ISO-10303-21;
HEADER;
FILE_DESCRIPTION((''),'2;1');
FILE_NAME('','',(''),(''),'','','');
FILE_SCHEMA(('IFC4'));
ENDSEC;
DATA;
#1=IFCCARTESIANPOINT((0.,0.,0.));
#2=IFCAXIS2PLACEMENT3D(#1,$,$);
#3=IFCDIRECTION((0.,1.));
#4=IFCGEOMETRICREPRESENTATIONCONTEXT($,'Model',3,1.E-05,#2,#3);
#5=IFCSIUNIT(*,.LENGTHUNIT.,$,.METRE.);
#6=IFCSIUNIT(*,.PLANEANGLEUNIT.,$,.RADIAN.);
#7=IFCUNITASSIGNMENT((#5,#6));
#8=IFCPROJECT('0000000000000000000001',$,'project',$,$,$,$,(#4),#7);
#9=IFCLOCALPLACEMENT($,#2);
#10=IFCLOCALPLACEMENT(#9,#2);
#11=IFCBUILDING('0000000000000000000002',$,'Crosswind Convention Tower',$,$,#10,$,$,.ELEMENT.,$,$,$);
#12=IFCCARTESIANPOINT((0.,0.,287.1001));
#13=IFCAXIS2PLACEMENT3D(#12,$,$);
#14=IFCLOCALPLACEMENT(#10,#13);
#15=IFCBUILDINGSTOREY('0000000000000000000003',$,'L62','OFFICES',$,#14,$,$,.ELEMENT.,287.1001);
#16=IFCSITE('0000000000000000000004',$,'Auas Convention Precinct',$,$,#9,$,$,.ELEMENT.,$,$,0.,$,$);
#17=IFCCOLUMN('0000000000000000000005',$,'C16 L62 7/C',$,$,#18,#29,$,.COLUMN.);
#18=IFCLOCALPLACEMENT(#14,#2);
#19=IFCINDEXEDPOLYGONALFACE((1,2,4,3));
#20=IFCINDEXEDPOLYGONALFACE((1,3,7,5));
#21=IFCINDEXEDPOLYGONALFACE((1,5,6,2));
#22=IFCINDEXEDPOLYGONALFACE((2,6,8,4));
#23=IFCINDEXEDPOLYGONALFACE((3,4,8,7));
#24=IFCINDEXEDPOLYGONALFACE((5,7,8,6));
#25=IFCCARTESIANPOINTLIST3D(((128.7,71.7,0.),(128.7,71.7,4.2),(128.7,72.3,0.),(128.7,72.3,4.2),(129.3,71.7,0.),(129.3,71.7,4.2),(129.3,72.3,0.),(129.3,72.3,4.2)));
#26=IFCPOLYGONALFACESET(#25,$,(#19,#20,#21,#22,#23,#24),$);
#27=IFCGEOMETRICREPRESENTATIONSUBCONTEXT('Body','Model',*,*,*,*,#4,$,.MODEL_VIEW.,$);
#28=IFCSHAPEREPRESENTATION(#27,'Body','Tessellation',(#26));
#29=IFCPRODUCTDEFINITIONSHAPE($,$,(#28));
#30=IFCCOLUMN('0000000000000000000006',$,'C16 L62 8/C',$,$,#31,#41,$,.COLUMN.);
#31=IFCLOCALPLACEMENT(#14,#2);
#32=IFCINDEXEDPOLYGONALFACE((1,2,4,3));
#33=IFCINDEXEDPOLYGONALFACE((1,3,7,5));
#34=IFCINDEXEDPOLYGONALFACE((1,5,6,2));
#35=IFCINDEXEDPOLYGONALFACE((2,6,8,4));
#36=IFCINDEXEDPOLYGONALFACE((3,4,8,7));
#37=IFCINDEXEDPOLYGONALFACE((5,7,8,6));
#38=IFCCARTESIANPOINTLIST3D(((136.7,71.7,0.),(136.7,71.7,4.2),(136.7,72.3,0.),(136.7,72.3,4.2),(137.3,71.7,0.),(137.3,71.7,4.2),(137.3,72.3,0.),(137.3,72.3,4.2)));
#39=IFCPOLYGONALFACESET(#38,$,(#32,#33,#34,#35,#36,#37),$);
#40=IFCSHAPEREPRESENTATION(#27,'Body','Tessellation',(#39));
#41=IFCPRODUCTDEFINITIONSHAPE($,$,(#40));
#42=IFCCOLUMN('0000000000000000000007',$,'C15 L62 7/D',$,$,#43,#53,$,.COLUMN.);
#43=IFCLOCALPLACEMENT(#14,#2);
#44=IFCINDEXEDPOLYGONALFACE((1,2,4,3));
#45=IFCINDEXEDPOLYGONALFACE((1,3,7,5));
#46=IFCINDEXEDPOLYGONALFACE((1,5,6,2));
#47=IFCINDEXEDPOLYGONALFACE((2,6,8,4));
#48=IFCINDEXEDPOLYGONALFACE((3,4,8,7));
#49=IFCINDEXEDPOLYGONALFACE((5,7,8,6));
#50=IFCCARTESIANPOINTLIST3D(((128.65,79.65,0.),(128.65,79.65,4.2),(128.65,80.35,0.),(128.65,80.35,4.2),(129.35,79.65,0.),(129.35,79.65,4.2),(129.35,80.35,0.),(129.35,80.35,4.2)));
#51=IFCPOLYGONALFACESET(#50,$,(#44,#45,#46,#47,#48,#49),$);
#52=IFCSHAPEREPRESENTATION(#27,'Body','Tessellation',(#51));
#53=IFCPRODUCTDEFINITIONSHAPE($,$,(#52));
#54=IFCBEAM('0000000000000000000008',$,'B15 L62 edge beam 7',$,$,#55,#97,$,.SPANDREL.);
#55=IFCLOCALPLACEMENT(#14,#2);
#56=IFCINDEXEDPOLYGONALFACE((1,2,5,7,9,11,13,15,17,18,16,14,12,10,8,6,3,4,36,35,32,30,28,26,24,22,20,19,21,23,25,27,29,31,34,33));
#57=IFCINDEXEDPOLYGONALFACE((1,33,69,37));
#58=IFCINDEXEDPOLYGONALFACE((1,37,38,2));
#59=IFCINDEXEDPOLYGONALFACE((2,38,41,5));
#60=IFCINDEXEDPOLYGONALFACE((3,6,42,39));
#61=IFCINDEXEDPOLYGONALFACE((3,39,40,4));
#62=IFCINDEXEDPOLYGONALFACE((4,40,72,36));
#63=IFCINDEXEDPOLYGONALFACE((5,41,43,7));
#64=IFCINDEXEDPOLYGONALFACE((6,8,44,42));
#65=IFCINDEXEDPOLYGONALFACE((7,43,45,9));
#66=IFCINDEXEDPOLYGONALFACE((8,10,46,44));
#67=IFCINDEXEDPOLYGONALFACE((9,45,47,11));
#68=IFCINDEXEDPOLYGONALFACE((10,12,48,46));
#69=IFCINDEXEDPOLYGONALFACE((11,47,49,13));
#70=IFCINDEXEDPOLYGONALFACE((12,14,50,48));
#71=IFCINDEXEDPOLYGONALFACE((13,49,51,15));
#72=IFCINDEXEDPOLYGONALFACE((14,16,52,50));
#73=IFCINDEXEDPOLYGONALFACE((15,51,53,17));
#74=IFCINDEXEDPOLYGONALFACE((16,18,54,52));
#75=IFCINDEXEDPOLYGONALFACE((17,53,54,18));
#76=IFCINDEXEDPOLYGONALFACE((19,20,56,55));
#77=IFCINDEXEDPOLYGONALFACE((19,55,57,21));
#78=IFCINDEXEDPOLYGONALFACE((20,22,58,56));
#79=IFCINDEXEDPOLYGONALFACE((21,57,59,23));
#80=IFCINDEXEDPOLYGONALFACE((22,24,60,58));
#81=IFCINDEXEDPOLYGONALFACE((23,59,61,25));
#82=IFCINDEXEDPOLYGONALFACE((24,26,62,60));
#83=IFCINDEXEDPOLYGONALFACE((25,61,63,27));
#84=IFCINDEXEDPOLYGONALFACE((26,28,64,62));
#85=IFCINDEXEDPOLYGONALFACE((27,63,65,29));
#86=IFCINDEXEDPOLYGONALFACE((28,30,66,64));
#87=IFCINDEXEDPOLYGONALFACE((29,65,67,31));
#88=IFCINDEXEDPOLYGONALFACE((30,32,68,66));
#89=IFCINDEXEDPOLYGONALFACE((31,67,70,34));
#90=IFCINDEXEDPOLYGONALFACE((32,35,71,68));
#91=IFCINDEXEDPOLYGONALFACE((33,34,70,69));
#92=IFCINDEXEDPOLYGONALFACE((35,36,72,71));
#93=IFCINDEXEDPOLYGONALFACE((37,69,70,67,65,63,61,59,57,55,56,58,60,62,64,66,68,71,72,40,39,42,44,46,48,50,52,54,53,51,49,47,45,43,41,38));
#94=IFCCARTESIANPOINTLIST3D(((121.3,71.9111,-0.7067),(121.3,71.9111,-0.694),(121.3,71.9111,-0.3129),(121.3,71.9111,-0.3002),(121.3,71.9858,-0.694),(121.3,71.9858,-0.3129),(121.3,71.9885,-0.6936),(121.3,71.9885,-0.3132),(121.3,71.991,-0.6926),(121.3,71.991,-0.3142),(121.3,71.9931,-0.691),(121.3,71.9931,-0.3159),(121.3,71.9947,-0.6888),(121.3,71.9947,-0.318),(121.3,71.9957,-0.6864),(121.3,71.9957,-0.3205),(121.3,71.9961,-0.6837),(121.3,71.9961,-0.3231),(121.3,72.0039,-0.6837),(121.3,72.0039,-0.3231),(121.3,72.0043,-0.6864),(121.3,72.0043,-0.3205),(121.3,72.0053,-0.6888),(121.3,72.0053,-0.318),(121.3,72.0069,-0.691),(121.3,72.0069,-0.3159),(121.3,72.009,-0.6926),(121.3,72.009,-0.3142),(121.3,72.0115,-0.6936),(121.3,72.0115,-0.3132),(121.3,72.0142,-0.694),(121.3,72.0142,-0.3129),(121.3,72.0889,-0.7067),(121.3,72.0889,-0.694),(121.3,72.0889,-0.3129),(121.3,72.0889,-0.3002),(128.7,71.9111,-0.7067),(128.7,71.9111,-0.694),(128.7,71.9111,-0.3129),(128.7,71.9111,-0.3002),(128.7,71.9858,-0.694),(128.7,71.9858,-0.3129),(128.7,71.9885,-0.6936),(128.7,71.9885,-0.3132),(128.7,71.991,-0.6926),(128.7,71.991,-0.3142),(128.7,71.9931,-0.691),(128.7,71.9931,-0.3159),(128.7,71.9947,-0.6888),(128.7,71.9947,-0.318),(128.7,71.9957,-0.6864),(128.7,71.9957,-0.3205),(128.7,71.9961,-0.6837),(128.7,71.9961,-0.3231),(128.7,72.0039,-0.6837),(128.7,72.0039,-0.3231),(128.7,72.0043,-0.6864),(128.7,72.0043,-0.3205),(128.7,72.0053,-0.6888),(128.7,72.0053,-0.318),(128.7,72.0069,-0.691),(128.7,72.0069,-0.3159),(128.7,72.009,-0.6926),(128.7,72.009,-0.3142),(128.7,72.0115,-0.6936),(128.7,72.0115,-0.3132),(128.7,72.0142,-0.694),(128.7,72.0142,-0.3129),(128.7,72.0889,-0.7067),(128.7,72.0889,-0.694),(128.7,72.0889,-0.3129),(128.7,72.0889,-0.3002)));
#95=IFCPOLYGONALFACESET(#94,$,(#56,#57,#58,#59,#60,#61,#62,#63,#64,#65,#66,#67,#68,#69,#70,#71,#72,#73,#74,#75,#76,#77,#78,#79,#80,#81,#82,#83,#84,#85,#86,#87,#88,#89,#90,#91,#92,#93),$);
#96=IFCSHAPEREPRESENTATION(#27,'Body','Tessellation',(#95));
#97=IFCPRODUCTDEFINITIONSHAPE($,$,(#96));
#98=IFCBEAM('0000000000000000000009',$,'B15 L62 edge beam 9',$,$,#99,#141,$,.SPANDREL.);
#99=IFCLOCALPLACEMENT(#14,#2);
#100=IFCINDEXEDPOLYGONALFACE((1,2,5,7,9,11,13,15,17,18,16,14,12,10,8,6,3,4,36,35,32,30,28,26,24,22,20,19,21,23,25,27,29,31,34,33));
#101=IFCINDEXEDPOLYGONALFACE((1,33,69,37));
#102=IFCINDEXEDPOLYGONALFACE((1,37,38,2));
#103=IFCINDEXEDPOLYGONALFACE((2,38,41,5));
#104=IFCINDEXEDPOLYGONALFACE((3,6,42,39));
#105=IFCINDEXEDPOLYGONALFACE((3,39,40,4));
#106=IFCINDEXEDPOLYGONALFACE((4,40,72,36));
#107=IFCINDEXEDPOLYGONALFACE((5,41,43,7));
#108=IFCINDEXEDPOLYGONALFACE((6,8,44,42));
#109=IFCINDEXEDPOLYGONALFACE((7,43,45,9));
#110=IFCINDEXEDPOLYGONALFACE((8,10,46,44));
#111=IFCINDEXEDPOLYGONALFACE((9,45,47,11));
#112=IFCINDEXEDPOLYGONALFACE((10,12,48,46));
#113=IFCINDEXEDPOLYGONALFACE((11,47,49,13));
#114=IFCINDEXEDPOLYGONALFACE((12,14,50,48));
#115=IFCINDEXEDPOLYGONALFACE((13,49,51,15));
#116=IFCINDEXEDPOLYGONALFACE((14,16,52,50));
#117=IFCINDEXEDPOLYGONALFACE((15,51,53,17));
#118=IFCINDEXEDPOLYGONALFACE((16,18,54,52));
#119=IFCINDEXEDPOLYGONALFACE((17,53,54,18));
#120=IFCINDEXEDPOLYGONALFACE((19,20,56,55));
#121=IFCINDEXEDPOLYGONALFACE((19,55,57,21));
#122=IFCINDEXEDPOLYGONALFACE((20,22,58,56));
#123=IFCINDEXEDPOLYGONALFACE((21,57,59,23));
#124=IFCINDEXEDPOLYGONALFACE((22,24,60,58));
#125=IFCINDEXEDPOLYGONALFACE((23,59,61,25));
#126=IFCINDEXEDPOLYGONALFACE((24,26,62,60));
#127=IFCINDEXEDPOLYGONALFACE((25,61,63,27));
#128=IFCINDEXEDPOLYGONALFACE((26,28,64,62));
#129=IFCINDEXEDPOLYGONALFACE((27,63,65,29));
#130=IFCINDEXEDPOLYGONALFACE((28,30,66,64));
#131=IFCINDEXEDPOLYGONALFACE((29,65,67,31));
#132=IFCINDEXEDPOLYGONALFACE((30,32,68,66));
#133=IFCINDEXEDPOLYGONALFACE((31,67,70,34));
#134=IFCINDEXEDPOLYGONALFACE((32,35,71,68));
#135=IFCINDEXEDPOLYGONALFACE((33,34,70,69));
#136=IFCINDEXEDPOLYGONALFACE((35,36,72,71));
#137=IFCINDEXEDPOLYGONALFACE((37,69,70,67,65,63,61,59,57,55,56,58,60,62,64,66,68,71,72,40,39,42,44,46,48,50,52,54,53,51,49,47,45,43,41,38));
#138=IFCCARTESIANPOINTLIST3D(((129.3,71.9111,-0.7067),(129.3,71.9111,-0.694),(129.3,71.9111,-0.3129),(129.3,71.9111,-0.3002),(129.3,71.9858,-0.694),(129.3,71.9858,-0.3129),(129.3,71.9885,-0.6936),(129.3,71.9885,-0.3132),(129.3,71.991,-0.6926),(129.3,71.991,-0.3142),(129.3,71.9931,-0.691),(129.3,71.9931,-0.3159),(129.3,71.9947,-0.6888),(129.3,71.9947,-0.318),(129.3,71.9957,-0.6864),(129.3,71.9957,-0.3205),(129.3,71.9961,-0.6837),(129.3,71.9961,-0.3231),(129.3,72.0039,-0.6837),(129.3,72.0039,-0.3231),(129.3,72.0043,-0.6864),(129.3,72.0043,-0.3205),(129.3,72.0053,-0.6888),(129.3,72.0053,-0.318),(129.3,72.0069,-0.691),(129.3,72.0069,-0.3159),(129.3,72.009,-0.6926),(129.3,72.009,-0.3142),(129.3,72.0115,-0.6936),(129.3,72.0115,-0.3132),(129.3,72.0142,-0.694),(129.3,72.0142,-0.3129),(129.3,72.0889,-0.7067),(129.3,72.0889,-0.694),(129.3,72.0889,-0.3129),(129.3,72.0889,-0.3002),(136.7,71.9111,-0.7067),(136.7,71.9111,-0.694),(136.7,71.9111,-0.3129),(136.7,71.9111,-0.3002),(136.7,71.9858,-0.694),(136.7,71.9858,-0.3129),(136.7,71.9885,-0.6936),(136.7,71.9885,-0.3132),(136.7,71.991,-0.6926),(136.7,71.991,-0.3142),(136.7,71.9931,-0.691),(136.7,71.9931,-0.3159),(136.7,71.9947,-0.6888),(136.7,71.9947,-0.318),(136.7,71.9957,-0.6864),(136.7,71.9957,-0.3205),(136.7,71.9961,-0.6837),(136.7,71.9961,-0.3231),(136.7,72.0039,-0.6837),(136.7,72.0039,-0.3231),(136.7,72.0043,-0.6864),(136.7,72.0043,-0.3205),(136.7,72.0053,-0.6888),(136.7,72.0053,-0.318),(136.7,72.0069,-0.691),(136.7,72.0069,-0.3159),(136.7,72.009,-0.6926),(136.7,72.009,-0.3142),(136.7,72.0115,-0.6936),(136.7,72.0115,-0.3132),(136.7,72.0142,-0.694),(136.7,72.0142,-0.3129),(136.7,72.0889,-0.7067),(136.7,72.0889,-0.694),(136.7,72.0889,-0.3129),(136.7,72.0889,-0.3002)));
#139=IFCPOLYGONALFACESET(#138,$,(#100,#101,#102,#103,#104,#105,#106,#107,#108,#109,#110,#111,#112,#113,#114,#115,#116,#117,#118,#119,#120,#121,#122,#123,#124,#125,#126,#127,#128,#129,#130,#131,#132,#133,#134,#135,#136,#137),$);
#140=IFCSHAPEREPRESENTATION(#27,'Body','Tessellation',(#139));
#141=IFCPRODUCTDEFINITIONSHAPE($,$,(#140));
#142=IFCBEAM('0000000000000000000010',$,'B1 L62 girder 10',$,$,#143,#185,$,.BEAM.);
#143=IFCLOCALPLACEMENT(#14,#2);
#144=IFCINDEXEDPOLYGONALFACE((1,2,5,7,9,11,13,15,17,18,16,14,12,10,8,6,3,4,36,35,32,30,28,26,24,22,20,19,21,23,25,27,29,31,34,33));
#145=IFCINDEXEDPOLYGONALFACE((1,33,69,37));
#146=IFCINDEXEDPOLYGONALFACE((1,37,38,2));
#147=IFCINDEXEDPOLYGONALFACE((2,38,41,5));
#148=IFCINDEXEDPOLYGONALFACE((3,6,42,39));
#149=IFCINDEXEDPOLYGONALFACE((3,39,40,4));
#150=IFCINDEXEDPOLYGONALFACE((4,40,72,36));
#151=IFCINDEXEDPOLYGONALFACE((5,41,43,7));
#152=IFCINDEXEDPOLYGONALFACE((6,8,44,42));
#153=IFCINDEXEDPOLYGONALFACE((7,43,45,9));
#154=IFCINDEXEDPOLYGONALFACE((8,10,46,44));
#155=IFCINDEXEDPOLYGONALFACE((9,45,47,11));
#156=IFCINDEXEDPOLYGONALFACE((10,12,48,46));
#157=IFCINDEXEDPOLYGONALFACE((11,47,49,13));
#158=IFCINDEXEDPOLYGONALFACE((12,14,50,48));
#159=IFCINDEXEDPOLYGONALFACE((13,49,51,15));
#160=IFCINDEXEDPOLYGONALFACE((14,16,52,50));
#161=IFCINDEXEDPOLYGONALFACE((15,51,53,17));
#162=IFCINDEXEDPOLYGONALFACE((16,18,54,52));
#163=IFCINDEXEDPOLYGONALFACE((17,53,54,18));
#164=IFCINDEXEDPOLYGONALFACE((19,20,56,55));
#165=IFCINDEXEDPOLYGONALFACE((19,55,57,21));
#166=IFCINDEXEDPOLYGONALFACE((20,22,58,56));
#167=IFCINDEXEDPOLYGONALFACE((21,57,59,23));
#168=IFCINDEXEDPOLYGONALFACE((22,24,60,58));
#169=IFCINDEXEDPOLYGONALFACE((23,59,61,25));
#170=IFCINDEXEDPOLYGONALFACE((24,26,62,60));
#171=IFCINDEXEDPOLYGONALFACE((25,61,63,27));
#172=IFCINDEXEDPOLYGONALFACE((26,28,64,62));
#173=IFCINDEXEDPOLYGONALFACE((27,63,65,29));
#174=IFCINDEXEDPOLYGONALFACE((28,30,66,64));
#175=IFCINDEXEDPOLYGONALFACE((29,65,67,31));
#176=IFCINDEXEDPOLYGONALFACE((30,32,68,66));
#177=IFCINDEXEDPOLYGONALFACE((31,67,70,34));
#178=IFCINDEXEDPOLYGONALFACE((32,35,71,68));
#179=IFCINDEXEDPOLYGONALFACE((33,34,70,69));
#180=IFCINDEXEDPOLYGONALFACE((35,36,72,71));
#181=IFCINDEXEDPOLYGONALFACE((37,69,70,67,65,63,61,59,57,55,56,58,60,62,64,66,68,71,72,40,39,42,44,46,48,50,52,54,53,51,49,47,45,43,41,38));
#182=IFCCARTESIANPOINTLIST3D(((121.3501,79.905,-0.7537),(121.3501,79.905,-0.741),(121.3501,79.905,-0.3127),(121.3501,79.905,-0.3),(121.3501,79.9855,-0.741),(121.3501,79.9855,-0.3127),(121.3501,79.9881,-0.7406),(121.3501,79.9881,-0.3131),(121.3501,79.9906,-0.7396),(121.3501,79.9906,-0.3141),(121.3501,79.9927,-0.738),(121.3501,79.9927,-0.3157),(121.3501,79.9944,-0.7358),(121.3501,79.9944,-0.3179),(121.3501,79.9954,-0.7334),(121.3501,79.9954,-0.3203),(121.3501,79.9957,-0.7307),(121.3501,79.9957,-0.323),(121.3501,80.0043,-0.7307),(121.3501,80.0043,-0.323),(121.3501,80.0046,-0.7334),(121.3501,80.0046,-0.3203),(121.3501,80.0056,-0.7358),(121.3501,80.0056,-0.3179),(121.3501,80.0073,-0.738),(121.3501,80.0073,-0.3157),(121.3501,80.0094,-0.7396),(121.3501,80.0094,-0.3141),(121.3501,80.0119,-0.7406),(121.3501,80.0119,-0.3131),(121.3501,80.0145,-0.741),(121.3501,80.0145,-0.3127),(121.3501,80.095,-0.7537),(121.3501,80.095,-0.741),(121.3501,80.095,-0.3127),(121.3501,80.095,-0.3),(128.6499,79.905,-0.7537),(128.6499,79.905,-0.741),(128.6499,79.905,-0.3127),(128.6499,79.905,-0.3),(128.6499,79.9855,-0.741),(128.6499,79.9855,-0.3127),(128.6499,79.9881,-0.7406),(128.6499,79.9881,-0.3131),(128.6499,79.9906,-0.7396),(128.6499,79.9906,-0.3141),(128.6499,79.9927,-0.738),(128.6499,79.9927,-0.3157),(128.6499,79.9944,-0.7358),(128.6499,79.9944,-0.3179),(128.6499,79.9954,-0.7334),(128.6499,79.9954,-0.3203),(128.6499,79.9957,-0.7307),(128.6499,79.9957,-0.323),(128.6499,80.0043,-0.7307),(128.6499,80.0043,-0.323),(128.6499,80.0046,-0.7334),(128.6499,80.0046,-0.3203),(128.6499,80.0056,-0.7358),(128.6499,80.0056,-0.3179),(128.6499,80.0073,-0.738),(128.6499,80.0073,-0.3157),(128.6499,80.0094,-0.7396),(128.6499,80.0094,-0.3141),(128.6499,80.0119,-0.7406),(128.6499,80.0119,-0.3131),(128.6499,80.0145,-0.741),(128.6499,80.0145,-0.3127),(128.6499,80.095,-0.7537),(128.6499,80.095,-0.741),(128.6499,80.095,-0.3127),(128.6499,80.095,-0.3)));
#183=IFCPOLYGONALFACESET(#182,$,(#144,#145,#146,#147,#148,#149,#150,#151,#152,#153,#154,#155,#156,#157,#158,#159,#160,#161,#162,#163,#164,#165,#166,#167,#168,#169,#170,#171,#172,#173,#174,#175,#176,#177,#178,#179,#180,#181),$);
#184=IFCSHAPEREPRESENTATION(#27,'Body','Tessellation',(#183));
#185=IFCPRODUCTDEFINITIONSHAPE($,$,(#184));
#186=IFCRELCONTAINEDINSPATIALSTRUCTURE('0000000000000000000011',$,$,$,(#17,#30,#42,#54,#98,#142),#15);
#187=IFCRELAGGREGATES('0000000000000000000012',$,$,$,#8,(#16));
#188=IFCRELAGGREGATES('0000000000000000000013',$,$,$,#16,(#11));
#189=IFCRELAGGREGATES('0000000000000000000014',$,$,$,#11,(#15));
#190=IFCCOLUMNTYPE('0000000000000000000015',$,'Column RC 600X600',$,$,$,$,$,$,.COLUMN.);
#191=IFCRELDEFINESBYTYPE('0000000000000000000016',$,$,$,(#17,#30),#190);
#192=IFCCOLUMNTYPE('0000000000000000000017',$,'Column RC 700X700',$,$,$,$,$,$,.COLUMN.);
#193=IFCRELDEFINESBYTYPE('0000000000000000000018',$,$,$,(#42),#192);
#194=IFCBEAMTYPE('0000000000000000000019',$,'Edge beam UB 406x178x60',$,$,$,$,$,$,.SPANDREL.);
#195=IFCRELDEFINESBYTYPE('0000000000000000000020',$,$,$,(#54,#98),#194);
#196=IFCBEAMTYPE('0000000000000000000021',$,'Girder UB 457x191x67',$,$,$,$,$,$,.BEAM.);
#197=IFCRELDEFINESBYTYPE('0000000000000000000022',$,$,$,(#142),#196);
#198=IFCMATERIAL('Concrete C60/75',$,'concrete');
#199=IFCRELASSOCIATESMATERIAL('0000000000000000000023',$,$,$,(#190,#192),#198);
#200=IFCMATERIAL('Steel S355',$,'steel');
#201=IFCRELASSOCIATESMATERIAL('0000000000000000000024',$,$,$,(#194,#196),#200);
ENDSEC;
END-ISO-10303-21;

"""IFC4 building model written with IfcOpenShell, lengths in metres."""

from ifc_helpers import new_model, si_unit, direction, frame, origin, origin_2d, place, context, subcontext, project, spatial, rectangle, i_section, extrude, material, material_profile, profile_set, type_object, element, save


model = new_model("IFC4")

# Units and contexts
model_context = context("Model", 3, precision=1e-05, world=origin(), true_north=direction((0.0, 1.0)))
body_context = subcontext(model_context, "Body", "Model", "MODEL_VIEW")
ifc_project = project(units=[si_unit("LENGTHUNIT", "METRE"), si_unit("PLANEANGLEUNIT", "RADIAN")], contexts=[model_context])

# Site, building, storey
site_placement = place(None, origin())
site = spatial("IfcSite", under=ifc_project, at=site_placement, Name="Auas Convention Precinct", CompositionType="ELEMENT", RefElevation=0.0)
building_placement = place(site_placement, origin())
building = spatial("IfcBuilding", under=site, at=building_placement, Name="Crosswind Convention Tower", CompositionType="ELEMENT")
storey_placement = place(building_placement, frame((0.0, 0.0, 287.1001)))
storey = spatial("IfcBuildingStorey", under=building, at=storey_placement, Name="L62", Description="OFFICES", CompositionType="ELEMENT", Elevation=287.1001)

# Columns
ifc_material_1 = material(Name="Concrete C60/75", Category="concrete")
ifc_material_profile_1 = material_profile(ifc_material_1, rectangle(XDim=0.6001, YDim=0.6001, at=origin_2d()), Name="RC 600X600")
ifc_profile_set_1 = profile_set([ifc_material_profile_1], Name="Concrete C60/75")
column_type_1 = type_object("IfcColumnType", Name="Column RC 600X600", PredefinedType="COLUMN", material=ifc_profile_set_1)
for number, where, z_axis, x_axis, name in (
    (1, (129.0, 72.0, 0.0), (0.0, 0.0, 1.0), (1.0, 0.0, 0.0), "C16 L62 7/C"),
    (2, (137.0, 72.0, 0.0), (0.0, 0.0, 1.0), (1.0, 0.0, 0.0), "C16 L62 8/C"),
):
    element("IfcColumn", number, at=place(storey_placement, frame(where, z_axis=z_axis, x_axis=x_axis)), inside=storey, type_object=column_type_1, Name=name, PredefinedType="COLUMN", context=body_context, shape_type="SweptSolid", body=[
        extrude(rectangle(XDim=0.6001, YDim=0.6001, at=origin_2d()), origin(), (0.0, 0.0, 1.0), 4.2),
    ])
ifc_material_profile_2 = material_profile(ifc_material_1, rectangle(XDim=0.7, YDim=0.7, at=origin_2d()), Name="RC 700X700")
ifc_profile_set_2 = profile_set([ifc_material_profile_2], Name="Concrete C60/75")
column_type_2 = type_object("IfcColumnType", Name="Column RC 700X700", PredefinedType="COLUMN", material=ifc_profile_set_2)
column_placement = place(storey_placement, frame((129.0, 80.0, 0.0), z_axis=(0.0, 0.0, 1.0), x_axis=(1.0, 0.0, 0.0)))
element("IfcColumn", 3, at=column_placement, inside=storey, type_object=column_type_2, Name="C15 L62 7/D", PredefinedType="COLUMN", context=body_context, shape_type="SweptSolid", body=[
    extrude(rectangle(XDim=0.7, YDim=0.7, at=origin_2d()), origin(), (0.0, 0.0, 1.0), 4.2),
])

# Beams
ifc_material_2 = material(Name="Steel S355", Category="steel")
ifc_material_profile_3 = material_profile(ifc_material_2, i_section(OverallWidth=0.1777, OverallDepth=0.4065, WebThickness=0.0078, FlangeThickness=0.0127, FilletRadius=0.0103, at=origin_2d()), Name="UB 406x178x60")
ifc_profile_set_3 = profile_set([ifc_material_profile_3], Name="Steel S355")
beam_type_1 = type_object("IfcBeamType", Name="Edge beam UB 406x178x60", PredefinedType="SPANDREL", material=ifc_profile_set_3)
for number, where, z_axis, x_axis, name in (
    (4, (121.3, 72.0, -0.5034), (1.0, 0.0, 0.0), (0.0, 1.0, 0.0), "B15 L62 edge beam 7"),
    (5, (129.3, 72.0, -0.5034), (1.0, 0.0, 0.0), (0.0, 1.0, 0.0), "B15 L62 edge beam 9"),
):
    element("IfcBeam", number, at=place(storey_placement, frame(where, z_axis=z_axis, x_axis=x_axis)), inside=storey, type_object=beam_type_1, Name=name, PredefinedType="SPANDREL", context=body_context, shape_type="SweptSolid", body=[
        extrude(i_section(OverallWidth=0.1777, OverallDepth=0.4065, WebThickness=0.0078, FlangeThickness=0.0127, FilletRadius=0.0103, at=origin_2d()), origin(), (0.0, 0.0, 1.0), 7.3999),
    ])
ifc_material_profile_4 = material_profile(ifc_material_2, i_section(OverallWidth=0.1899, OverallDepth=0.4536, WebThickness=0.0085, FlangeThickness=0.0127, FilletRadius=0.0103, at=origin_2d()), Name="UB 457x191x67")
ifc_profile_set_4 = profile_set([ifc_material_profile_4], Name="Steel S355")
beam_type_2 = type_object("IfcBeamType", Name="Girder UB 457x191x67", PredefinedType="BEAM", material=ifc_profile_set_4)
beam_1_placement = place(storey_placement, frame((121.3501, 80.0, -0.5269), z_axis=(1.0, 0.0, 0.0), x_axis=(0.0, 1.0, 0.0)))
element("IfcBeam", 6, at=beam_1_placement, inside=storey, type_object=beam_type_2, Name="B1 L62 girder 10", PredefinedType="BEAM", context=body_context, shape_type="SweptSolid", body=[
    extrude(i_section(OverallWidth=0.1899, OverallDepth=0.4536, WebThickness=0.0085, FlangeThickness=0.0127, FilletRadius=0.0103, at=origin_2d()), origin(), (0.0, 0.0, 1.0), 7.2998),
])

save(model, "model.ifc")
